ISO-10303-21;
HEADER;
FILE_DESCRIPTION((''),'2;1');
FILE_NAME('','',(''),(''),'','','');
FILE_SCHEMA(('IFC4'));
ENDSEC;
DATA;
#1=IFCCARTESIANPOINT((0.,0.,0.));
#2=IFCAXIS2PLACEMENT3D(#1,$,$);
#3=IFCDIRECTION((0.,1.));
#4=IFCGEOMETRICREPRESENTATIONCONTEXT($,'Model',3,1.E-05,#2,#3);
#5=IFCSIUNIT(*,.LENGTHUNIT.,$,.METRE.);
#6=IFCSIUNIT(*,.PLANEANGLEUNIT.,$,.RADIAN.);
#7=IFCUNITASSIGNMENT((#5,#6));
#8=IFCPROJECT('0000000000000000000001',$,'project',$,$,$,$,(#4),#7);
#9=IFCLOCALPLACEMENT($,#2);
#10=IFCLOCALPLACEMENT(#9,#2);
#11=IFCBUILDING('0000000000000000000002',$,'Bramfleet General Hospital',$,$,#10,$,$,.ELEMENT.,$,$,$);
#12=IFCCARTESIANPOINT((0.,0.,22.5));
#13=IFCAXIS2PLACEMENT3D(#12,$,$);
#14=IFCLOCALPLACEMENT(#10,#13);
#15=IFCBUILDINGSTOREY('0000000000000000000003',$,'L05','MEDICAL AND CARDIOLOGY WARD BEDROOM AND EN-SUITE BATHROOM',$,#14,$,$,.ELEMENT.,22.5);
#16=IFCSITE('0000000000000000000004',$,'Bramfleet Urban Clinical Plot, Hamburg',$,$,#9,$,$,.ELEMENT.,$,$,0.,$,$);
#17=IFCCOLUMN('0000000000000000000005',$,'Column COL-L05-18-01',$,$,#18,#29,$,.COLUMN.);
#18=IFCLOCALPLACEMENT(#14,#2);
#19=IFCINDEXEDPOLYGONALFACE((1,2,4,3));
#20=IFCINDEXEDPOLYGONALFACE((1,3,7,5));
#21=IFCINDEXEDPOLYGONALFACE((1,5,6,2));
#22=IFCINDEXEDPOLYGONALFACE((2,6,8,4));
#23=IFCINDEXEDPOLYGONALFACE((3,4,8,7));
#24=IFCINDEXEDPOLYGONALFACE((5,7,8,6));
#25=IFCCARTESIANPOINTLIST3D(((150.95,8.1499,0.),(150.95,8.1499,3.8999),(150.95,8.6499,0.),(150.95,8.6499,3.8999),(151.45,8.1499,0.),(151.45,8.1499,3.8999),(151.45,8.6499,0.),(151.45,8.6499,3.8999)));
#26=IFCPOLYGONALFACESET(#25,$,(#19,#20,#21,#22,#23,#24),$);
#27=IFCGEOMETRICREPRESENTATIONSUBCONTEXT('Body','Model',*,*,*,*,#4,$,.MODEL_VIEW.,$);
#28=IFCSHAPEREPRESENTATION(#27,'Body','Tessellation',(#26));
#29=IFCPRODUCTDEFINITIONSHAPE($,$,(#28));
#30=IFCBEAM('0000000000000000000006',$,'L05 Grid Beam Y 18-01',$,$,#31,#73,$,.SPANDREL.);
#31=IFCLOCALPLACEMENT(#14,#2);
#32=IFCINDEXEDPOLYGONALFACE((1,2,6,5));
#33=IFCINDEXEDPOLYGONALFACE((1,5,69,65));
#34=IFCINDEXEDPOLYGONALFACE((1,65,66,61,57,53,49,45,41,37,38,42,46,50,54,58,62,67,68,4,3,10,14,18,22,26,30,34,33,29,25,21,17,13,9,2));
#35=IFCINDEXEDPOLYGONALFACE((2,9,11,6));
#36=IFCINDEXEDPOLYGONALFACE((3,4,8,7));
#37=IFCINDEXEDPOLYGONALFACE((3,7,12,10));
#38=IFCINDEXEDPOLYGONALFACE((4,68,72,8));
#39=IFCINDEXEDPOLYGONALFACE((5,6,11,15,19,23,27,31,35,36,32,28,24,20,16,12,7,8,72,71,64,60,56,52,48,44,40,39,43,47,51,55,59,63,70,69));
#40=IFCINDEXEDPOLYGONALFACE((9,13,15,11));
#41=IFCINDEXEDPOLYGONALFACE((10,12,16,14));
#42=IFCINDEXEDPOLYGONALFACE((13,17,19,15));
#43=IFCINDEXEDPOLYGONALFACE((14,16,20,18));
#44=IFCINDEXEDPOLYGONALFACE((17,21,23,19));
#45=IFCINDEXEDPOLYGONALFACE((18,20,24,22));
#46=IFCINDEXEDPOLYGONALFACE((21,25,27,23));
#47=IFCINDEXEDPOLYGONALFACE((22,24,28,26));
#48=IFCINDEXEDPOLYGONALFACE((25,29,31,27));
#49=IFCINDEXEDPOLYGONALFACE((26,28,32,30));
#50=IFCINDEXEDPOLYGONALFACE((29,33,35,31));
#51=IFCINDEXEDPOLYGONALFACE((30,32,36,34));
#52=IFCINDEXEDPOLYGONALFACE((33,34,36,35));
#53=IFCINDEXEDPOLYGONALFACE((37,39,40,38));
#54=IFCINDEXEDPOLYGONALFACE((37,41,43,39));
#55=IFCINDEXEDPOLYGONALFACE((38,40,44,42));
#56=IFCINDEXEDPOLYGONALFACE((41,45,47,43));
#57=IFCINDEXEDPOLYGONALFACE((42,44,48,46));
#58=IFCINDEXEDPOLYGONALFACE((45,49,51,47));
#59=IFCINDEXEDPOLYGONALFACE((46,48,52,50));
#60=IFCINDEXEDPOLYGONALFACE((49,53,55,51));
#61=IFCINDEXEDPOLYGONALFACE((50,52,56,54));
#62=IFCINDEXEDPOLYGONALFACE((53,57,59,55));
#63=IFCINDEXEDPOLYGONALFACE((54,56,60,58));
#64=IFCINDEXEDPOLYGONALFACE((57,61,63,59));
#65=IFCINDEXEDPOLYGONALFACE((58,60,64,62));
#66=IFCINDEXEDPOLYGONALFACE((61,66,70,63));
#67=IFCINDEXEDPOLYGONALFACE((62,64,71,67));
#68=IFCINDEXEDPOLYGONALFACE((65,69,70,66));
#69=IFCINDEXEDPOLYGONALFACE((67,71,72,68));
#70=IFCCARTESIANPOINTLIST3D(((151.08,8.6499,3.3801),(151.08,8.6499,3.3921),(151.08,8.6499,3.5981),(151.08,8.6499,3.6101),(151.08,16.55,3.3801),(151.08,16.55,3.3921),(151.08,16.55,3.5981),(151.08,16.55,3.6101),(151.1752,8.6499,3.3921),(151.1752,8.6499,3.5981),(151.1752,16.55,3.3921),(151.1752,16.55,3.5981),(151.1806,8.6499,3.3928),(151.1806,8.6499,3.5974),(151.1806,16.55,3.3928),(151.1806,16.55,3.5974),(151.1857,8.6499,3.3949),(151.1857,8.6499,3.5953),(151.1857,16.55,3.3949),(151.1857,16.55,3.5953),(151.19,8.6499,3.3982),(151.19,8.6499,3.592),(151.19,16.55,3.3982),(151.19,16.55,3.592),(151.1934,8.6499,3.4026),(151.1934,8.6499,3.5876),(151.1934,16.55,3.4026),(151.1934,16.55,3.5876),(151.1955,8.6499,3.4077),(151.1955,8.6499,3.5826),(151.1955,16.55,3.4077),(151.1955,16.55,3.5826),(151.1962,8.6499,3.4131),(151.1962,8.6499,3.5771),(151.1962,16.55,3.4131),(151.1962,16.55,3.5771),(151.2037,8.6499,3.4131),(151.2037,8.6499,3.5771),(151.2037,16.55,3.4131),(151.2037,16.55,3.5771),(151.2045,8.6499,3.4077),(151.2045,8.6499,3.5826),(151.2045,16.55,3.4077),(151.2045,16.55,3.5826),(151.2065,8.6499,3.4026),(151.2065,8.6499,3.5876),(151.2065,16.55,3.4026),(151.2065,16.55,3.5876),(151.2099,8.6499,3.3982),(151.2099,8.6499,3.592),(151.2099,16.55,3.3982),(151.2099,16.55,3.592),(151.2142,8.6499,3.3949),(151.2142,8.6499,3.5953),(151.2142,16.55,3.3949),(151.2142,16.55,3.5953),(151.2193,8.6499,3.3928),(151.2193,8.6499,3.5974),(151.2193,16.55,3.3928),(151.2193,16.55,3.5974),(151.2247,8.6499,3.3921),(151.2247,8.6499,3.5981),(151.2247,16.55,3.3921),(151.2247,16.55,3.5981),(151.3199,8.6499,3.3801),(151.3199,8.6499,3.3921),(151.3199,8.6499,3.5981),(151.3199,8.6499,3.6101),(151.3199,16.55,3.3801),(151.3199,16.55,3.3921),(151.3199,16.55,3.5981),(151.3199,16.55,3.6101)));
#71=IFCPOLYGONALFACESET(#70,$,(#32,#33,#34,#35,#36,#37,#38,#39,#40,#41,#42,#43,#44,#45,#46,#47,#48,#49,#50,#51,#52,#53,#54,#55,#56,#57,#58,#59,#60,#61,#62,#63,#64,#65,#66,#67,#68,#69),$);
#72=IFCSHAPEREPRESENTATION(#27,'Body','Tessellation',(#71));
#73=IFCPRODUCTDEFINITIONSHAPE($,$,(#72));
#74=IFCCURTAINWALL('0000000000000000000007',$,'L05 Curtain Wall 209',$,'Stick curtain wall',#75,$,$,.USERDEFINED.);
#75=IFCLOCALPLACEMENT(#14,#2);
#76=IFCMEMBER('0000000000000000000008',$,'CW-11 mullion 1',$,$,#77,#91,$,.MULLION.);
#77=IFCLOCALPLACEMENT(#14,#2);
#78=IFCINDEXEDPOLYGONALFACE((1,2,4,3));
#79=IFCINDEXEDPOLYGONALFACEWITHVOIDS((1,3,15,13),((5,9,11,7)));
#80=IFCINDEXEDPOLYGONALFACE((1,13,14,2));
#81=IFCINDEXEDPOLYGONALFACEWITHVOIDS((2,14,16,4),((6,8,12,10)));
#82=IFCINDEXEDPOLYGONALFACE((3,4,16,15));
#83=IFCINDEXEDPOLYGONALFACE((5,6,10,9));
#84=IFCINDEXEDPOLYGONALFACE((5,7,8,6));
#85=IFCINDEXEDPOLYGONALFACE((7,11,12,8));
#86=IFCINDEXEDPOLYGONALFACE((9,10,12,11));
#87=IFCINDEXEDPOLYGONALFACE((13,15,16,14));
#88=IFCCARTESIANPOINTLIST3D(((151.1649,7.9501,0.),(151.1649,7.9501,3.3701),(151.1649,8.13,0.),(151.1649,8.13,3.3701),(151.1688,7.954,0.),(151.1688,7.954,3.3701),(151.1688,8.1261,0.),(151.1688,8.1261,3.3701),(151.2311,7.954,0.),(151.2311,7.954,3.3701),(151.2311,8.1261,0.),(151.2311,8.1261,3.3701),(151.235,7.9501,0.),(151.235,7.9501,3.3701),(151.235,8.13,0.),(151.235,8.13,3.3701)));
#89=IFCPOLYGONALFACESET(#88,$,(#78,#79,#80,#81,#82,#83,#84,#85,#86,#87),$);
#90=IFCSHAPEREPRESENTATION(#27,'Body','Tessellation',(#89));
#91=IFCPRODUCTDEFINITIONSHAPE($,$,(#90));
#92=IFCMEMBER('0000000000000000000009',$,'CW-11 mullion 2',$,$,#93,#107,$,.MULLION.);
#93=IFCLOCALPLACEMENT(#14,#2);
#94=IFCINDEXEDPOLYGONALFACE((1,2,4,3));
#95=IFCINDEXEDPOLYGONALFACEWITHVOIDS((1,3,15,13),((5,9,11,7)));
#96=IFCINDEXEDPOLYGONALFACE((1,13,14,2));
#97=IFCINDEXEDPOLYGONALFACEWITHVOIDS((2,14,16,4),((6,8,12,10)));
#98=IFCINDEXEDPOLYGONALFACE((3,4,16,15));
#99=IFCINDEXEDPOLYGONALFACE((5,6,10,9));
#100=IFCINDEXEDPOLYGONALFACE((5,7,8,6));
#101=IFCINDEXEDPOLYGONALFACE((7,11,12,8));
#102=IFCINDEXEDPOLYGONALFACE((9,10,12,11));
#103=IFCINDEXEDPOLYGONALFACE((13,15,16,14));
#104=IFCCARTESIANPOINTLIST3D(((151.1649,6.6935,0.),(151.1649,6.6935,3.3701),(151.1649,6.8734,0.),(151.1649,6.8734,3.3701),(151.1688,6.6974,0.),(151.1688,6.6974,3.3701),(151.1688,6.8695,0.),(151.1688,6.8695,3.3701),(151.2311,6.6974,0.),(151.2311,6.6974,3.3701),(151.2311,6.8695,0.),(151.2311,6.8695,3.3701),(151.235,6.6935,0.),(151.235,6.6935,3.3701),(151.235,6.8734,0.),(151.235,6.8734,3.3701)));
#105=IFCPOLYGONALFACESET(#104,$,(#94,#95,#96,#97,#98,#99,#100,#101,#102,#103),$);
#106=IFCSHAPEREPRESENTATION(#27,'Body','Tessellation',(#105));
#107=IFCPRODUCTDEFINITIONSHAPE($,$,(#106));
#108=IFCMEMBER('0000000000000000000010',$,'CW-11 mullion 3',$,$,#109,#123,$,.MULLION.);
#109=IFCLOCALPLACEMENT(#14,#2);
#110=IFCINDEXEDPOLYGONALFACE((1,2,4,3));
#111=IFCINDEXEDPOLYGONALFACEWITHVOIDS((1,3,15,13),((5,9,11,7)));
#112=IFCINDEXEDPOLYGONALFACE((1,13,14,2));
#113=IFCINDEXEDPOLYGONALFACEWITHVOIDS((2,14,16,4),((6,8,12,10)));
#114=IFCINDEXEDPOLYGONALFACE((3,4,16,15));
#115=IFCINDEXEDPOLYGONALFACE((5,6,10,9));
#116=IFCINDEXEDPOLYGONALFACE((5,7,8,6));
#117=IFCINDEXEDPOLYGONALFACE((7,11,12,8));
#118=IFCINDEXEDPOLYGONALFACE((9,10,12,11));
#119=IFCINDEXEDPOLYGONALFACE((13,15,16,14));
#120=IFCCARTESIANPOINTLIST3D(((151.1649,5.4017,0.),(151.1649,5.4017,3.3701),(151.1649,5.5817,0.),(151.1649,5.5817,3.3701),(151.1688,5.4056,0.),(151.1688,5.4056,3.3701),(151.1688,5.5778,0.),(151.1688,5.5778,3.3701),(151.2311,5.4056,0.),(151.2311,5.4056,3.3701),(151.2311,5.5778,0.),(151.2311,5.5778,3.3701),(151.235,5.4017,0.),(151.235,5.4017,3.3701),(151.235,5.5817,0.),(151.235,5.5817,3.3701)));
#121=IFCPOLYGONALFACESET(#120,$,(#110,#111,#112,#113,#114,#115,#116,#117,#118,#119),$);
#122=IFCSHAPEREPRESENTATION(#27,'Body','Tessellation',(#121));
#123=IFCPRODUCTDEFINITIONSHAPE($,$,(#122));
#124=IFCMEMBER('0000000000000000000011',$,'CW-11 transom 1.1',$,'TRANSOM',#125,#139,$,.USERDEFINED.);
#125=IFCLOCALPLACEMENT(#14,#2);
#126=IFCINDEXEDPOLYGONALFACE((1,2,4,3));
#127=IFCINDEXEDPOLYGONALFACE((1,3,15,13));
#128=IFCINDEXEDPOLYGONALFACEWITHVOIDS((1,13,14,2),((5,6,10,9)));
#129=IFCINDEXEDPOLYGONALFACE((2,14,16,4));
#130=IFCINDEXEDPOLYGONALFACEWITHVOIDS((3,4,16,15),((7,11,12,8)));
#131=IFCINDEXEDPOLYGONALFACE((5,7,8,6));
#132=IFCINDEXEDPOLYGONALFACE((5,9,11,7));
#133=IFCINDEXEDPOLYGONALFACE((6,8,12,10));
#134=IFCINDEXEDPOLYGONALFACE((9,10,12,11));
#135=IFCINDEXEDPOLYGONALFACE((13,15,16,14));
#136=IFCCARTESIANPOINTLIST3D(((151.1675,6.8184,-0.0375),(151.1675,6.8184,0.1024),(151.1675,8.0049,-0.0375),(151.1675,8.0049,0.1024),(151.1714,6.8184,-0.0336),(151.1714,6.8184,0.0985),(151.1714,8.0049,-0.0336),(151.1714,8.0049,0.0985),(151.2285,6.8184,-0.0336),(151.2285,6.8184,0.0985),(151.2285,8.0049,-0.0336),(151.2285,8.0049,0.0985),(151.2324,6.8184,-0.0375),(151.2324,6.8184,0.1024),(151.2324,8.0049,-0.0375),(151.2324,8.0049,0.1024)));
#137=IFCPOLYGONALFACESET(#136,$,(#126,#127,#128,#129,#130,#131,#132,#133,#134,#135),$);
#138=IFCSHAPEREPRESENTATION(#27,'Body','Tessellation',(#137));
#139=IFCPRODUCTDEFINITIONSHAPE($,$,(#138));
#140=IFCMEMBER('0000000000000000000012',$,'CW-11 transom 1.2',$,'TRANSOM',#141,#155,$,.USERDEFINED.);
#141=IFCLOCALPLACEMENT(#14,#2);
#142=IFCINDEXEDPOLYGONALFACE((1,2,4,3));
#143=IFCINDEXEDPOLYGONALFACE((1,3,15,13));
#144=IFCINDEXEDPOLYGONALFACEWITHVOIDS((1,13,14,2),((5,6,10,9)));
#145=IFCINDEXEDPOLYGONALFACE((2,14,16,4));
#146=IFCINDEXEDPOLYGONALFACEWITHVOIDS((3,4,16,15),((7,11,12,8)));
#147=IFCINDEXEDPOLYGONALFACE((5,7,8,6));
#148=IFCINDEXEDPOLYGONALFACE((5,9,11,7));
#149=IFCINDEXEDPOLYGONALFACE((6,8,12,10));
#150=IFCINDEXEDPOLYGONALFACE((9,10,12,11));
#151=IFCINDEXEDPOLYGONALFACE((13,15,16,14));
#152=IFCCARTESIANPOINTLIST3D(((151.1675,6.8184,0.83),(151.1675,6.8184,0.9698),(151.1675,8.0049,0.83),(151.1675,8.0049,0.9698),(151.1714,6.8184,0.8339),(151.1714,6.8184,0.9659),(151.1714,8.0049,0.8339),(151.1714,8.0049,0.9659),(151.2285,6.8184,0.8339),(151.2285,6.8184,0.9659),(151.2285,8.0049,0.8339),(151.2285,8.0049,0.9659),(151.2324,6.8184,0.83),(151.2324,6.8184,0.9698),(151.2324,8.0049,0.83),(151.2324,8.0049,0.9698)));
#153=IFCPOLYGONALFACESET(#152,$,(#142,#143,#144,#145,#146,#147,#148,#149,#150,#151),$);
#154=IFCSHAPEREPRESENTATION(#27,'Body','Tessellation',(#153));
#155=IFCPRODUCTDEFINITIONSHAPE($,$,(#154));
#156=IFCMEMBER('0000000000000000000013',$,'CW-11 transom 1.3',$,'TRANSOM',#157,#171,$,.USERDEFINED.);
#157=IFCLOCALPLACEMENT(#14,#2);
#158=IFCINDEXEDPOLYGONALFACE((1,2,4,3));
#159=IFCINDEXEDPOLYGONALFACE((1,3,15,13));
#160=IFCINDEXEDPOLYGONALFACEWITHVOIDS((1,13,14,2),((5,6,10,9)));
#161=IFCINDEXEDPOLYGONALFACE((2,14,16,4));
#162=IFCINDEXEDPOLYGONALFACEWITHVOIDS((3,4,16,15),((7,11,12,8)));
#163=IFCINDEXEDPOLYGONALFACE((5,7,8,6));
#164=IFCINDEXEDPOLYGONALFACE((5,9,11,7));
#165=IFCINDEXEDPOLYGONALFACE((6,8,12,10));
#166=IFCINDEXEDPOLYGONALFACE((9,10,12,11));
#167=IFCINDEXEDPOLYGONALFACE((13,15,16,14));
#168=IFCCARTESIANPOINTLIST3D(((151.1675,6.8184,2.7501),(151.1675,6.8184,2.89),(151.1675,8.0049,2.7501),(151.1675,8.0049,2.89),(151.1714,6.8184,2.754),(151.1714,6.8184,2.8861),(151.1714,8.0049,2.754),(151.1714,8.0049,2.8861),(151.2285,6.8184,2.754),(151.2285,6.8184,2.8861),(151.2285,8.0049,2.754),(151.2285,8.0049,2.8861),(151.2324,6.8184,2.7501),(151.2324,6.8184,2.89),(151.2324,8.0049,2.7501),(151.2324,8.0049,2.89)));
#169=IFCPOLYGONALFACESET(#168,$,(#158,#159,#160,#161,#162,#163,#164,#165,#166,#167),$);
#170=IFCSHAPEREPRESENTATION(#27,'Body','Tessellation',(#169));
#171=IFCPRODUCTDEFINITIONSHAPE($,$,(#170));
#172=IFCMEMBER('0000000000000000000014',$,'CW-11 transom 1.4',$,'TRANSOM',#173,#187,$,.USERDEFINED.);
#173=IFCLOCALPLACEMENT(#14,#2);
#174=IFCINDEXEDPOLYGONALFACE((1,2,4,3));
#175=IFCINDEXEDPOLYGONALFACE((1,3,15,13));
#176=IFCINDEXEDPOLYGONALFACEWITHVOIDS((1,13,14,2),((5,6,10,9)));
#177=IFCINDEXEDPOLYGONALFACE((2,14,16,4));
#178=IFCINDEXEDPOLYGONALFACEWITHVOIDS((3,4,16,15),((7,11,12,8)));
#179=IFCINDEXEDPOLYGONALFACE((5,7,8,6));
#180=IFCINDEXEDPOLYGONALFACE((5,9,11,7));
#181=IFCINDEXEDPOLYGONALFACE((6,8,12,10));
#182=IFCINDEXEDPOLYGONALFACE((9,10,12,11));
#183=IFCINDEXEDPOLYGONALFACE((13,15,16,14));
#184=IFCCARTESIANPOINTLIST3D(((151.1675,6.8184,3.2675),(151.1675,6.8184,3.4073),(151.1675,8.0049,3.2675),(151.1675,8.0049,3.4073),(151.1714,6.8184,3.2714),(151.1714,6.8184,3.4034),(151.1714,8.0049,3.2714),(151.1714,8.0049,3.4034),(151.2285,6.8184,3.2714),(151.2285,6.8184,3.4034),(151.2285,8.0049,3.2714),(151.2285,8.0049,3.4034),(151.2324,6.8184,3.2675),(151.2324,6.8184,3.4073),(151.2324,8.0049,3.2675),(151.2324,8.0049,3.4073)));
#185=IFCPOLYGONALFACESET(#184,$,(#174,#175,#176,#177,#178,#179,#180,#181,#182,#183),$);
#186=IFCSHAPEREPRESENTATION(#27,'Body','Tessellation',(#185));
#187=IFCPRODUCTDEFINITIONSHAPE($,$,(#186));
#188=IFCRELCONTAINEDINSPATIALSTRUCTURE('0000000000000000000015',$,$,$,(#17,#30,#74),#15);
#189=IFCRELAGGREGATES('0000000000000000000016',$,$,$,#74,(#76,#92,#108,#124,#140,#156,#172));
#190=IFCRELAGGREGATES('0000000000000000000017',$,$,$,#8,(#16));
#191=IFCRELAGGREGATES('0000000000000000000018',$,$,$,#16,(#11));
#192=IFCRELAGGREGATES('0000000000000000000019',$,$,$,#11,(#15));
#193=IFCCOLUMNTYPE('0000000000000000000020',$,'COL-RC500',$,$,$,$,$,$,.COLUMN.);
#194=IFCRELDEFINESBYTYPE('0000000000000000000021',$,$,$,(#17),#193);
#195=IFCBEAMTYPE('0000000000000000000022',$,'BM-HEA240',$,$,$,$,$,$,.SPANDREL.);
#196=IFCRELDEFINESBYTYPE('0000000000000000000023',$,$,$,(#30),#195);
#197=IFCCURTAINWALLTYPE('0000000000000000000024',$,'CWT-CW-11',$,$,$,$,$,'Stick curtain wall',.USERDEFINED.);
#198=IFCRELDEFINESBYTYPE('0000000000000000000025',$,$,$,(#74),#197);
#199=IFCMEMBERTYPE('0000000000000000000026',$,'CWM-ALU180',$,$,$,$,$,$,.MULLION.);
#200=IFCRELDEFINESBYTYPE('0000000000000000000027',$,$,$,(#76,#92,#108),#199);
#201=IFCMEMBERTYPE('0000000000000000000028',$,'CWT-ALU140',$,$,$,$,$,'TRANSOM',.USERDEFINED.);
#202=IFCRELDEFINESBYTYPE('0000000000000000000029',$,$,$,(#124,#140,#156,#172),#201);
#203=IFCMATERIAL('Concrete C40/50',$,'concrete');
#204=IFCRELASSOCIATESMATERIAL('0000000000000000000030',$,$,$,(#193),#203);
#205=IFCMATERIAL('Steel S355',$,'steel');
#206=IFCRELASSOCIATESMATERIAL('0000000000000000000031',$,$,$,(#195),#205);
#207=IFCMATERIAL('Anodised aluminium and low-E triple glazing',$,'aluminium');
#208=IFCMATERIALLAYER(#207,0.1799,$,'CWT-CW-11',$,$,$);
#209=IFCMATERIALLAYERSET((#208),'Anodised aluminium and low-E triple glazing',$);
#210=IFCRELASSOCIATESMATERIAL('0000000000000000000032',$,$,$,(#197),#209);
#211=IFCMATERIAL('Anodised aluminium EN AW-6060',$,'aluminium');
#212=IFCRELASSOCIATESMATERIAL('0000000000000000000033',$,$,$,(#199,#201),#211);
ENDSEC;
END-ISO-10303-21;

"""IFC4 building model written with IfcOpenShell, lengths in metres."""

from ifc_helpers import new_model, si_unit, direction, frame, origin, origin_2d, place, context, subcontext, project, spatial, rectangle, hollow_rectangle, i_section, extrude, material, layer, layer_set, material_profile, profile_set, type_object, element, aggregate, save


model = new_model("IFC4")

# Units and contexts
model_context = context("Model", 3, precision=1e-05, world=origin(), true_north=direction((0.0, 1.0)))
body_context = subcontext(model_context, "Body", "Model", "MODEL_VIEW")
ifc_project = project(units=[si_unit("LENGTHUNIT", "METRE"), si_unit("PLANEANGLEUNIT", "RADIAN")], contexts=[model_context])

# Site, building, storey
site_placement = place(None, origin())
site = spatial("IfcSite", under=ifc_project, at=site_placement, Name="Bramfleet Urban Clinical Plot, Hamburg", CompositionType="ELEMENT", RefElevation=0.0)
building_placement = place(site_placement, origin())
building = spatial("IfcBuilding", under=site, at=building_placement, Name="Bramfleet General Hospital", CompositionType="ELEMENT")
storey_placement = place(building_placement, frame((0.0, 0.0, 22.5)))
storey = spatial("IfcBuildingStorey", under=building, at=storey_placement, Name="L05", Description="MEDICAL AND CARDIOLOGY WARD BEDROOM AND EN-SUITE BATHROOM", CompositionType="ELEMENT", Elevation=22.5)

# Column
ifc_material_1 = material(Name="Concrete C40/50", Category="concrete")
ifc_material_profile_1 = material_profile(ifc_material_1, rectangle(XDim=0.5, YDim=0.5, at=origin_2d()), Name="RC COL 500x500")
ifc_profile_set_1 = profile_set([ifc_material_profile_1], Name="Concrete C40/50")
column_type = type_object("IfcColumnType", Name="COL-RC500", PredefinedType="COLUMN", material=ifc_profile_set_1)
column_placement = place(storey_placement, frame((151.2, 8.3999, 0.0), z_axis=(0.0, 0.0, 1.0), x_axis=(1.0, 0.0, 0.0)))
element("IfcColumn", 1, at=column_placement, inside=storey, type_object=column_type, Name="Column COL-L05-18-01", PredefinedType="COLUMN", context=body_context, shape_type="SweptSolid", body=[
    extrude(rectangle(XDim=0.5, YDim=0.5, at=origin_2d()), origin(), (0.0, 0.0, 1.0), 3.8999),
])

# Beam
ifc_material_2 = material(Name="Steel S355", Category="steel")
ifc_material_profile_2 = material_profile(ifc_material_2, i_section(OverallWidth=0.24, OverallDepth=0.23, WebThickness=0.0076, FlangeThickness=0.012, FilletRadius=0.021, at=origin_2d()), Name="HEA 240")
ifc_profile_set_2 = profile_set([ifc_material_profile_2], Name="Steel S355")
beam_type = type_object("IfcBeamType", Name="BM-HEA240", PredefinedType="SPANDREL", material=ifc_profile_set_2)
beam_placement = place(storey_placement, frame((151.2, 8.6499, 3.4951), z_axis=(0.0, 1.0, 0.0), x_axis=(-1.0, 0.0, 0.0)))
element("IfcBeam", 2, at=beam_placement, inside=storey, type_object=beam_type, Name="L05 Grid Beam Y 18-01", PredefinedType="SPANDREL", context=body_context, shape_type="SweptSolid", body=[
    extrude(i_section(OverallWidth=0.24, OverallDepth=0.23, WebThickness=0.0076, FlangeThickness=0.012, FilletRadius=0.021, at=origin_2d()), origin(), (0.0, 0.0, 1.0), 7.9001),
])

# Curtain wall, members
ifc_material_3 = material(Name="Anodised aluminium and low-E triple glazing", Category="aluminium")
ifc_layer_1 = layer(ifc_material_3, 0.1799, Name="CWT-CW-11")
ifc_layer_set_1 = layer_set([ifc_layer_1], Name="Anodised aluminium and low-E triple glazing")
curtain_wall_type = type_object("IfcCurtainWallType", Name="CWT-CW-11", ElementType="Stick curtain wall", PredefinedType="USERDEFINED", material=ifc_layer_set_1)
curtain_wall_placement = place(storey_placement, origin())
curtain_wall = element("IfcCurtainWall", 3, at=curtain_wall_placement, inside=storey, type_object=curtain_wall_type, Name="L05 Curtain Wall 209", ObjectType="Stick curtain wall", PredefinedType="USERDEFINED")
ifc_material_4 = material(Name="Anodised aluminium EN AW-6060", Category="aluminium")
ifc_material_profile_3 = material_profile(ifc_material_4, hollow_rectangle(XDim=0.0701, YDim=0.1799, WallThickness=0.0039, at=origin_2d()), Name="ALU 180x70x4.0")
ifc_profile_set_3 = profile_set([ifc_material_profile_3], Name="Anodised aluminium EN AW-6060")
member_type_1 = type_object("IfcMemberType", Name="CWM-ALU180", PredefinedType="MULLION", material=ifc_profile_set_3)
member_1_placement = place(storey_placement, frame((151.2, 8.04, 0.0), z_axis=(0.0, 0.0, 1.0), x_axis=(1.0, 0.0, 0.0)))
member_1 = element("IfcMember", 4, at=member_1_placement, type_object=member_type_1, Name="CW-11 mullion 1", PredefinedType="MULLION", context=body_context, shape_type="SweptSolid", body=[
    extrude(hollow_rectangle(XDim=0.0701, YDim=0.1799, WallThickness=0.0039, at=origin_2d()), origin(), (0.0, 0.0, 1.0), 3.3701),
])
member_2_placement = place(storey_placement, frame((151.2, 6.7834, 0.0), z_axis=(0.0, 0.0, 1.0), x_axis=(1.0, 0.0, 0.0)))
member_2 = element("IfcMember", 5, at=member_2_placement, type_object=member_type_1, Name="CW-11 mullion 2", PredefinedType="MULLION", context=body_context, shape_type="SweptSolid", body=[
    extrude(hollow_rectangle(XDim=0.0701, YDim=0.1799, WallThickness=0.0039, at=origin_2d()), origin(), (0.0, 0.0, 1.0), 3.3701),
])
member_3_placement = place(storey_placement, frame((151.2, 5.4917, 0.0), z_axis=(0.0, 0.0, 1.0), x_axis=(1.0, 0.0, 0.0)))
member_3 = element("IfcMember", 6, at=member_3_placement, type_object=member_type_1, Name="CW-11 mullion 3", PredefinedType="MULLION", context=body_context, shape_type="SweptSolid", body=[
    extrude(hollow_rectangle(XDim=0.0701, YDim=0.1799, WallThickness=0.0039, at=origin_2d()), origin(), (0.0, 0.0, 1.0), 3.3701),
])
ifc_material_profile_4 = material_profile(ifc_material_4, hollow_rectangle(XDim=0.0649, YDim=0.1399, WallThickness=0.0039, at=origin_2d()), Name="ALU 140x65x4.0")
ifc_profile_set_4 = profile_set([ifc_material_profile_4], Name="Anodised aluminium EN AW-6060")
member_type_2 = type_object("IfcMemberType", Name="CWT-ALU140", ElementType="TRANSOM", PredefinedType="USERDEFINED", material=ifc_profile_set_4)
member_4_placement = place(storey_placement, frame((151.2, 8.0049, 0.0325), z_axis=(0.0, -1.0, 0.0), x_axis=(1.0, 0.0, 0.0)))
member_4 = element("IfcMember", 7, at=member_4_placement, type_object=member_type_2, Name="CW-11 transom 1.1", ObjectType="TRANSOM", PredefinedType="USERDEFINED", context=body_context, shape_type="SweptSolid", body=[
    extrude(hollow_rectangle(XDim=0.0649, YDim=0.1399, WallThickness=0.0039, at=origin_2d()), origin(), (0.0, 0.0, 1.0), 1.1865),
])
member_5_placement = place(storey_placement, frame((151.2, 8.0049, 0.8999), z_axis=(0.0, -1.0, 0.0), x_axis=(1.0, 0.0, 0.0)))
member_5 = element("IfcMember", 8, at=member_5_placement, type_object=member_type_2, Name="CW-11 transom 1.2", ObjectType="TRANSOM", PredefinedType="USERDEFINED", context=body_context, shape_type="SweptSolid", body=[
    extrude(hollow_rectangle(XDim=0.0649, YDim=0.1399, WallThickness=0.0039, at=origin_2d()), origin(), (0.0, 0.0, 1.0), 1.1865),
])
member_6_placement = place(storey_placement, frame((151.2, 8.0049, 2.8201), z_axis=(0.0, -1.0, 0.0), x_axis=(1.0, 0.0, 0.0)))
member_6 = element("IfcMember", 9, at=member_6_placement, type_object=member_type_2, Name="CW-11 transom 1.3", ObjectType="TRANSOM", PredefinedType="USERDEFINED", context=body_context, shape_type="SweptSolid", body=[
    extrude(hollow_rectangle(XDim=0.0649, YDim=0.1399, WallThickness=0.0039, at=origin_2d()), origin(), (0.0, 0.0, 1.0), 1.1865),
])
member_7_placement = place(storey_placement, frame((151.2, 8.0049, 3.3374), z_axis=(0.0, -1.0, 0.0), x_axis=(1.0, 0.0, 0.0)))
member_7 = element("IfcMember", 10, at=member_7_placement, type_object=member_type_2, Name="CW-11 transom 1.4", ObjectType="TRANSOM", PredefinedType="USERDEFINED", context=body_context, shape_type="SweptSolid", body=[
    extrude(hollow_rectangle(XDim=0.0649, YDim=0.1399, WallThickness=0.0039, at=origin_2d()), origin(), (0.0, 0.0, 1.0), 1.1865),
])
aggregate(curtain_wall, [member_1, member_2, member_3, member_4, member_5, member_6, member_7])

save(model, "model.ifc")
